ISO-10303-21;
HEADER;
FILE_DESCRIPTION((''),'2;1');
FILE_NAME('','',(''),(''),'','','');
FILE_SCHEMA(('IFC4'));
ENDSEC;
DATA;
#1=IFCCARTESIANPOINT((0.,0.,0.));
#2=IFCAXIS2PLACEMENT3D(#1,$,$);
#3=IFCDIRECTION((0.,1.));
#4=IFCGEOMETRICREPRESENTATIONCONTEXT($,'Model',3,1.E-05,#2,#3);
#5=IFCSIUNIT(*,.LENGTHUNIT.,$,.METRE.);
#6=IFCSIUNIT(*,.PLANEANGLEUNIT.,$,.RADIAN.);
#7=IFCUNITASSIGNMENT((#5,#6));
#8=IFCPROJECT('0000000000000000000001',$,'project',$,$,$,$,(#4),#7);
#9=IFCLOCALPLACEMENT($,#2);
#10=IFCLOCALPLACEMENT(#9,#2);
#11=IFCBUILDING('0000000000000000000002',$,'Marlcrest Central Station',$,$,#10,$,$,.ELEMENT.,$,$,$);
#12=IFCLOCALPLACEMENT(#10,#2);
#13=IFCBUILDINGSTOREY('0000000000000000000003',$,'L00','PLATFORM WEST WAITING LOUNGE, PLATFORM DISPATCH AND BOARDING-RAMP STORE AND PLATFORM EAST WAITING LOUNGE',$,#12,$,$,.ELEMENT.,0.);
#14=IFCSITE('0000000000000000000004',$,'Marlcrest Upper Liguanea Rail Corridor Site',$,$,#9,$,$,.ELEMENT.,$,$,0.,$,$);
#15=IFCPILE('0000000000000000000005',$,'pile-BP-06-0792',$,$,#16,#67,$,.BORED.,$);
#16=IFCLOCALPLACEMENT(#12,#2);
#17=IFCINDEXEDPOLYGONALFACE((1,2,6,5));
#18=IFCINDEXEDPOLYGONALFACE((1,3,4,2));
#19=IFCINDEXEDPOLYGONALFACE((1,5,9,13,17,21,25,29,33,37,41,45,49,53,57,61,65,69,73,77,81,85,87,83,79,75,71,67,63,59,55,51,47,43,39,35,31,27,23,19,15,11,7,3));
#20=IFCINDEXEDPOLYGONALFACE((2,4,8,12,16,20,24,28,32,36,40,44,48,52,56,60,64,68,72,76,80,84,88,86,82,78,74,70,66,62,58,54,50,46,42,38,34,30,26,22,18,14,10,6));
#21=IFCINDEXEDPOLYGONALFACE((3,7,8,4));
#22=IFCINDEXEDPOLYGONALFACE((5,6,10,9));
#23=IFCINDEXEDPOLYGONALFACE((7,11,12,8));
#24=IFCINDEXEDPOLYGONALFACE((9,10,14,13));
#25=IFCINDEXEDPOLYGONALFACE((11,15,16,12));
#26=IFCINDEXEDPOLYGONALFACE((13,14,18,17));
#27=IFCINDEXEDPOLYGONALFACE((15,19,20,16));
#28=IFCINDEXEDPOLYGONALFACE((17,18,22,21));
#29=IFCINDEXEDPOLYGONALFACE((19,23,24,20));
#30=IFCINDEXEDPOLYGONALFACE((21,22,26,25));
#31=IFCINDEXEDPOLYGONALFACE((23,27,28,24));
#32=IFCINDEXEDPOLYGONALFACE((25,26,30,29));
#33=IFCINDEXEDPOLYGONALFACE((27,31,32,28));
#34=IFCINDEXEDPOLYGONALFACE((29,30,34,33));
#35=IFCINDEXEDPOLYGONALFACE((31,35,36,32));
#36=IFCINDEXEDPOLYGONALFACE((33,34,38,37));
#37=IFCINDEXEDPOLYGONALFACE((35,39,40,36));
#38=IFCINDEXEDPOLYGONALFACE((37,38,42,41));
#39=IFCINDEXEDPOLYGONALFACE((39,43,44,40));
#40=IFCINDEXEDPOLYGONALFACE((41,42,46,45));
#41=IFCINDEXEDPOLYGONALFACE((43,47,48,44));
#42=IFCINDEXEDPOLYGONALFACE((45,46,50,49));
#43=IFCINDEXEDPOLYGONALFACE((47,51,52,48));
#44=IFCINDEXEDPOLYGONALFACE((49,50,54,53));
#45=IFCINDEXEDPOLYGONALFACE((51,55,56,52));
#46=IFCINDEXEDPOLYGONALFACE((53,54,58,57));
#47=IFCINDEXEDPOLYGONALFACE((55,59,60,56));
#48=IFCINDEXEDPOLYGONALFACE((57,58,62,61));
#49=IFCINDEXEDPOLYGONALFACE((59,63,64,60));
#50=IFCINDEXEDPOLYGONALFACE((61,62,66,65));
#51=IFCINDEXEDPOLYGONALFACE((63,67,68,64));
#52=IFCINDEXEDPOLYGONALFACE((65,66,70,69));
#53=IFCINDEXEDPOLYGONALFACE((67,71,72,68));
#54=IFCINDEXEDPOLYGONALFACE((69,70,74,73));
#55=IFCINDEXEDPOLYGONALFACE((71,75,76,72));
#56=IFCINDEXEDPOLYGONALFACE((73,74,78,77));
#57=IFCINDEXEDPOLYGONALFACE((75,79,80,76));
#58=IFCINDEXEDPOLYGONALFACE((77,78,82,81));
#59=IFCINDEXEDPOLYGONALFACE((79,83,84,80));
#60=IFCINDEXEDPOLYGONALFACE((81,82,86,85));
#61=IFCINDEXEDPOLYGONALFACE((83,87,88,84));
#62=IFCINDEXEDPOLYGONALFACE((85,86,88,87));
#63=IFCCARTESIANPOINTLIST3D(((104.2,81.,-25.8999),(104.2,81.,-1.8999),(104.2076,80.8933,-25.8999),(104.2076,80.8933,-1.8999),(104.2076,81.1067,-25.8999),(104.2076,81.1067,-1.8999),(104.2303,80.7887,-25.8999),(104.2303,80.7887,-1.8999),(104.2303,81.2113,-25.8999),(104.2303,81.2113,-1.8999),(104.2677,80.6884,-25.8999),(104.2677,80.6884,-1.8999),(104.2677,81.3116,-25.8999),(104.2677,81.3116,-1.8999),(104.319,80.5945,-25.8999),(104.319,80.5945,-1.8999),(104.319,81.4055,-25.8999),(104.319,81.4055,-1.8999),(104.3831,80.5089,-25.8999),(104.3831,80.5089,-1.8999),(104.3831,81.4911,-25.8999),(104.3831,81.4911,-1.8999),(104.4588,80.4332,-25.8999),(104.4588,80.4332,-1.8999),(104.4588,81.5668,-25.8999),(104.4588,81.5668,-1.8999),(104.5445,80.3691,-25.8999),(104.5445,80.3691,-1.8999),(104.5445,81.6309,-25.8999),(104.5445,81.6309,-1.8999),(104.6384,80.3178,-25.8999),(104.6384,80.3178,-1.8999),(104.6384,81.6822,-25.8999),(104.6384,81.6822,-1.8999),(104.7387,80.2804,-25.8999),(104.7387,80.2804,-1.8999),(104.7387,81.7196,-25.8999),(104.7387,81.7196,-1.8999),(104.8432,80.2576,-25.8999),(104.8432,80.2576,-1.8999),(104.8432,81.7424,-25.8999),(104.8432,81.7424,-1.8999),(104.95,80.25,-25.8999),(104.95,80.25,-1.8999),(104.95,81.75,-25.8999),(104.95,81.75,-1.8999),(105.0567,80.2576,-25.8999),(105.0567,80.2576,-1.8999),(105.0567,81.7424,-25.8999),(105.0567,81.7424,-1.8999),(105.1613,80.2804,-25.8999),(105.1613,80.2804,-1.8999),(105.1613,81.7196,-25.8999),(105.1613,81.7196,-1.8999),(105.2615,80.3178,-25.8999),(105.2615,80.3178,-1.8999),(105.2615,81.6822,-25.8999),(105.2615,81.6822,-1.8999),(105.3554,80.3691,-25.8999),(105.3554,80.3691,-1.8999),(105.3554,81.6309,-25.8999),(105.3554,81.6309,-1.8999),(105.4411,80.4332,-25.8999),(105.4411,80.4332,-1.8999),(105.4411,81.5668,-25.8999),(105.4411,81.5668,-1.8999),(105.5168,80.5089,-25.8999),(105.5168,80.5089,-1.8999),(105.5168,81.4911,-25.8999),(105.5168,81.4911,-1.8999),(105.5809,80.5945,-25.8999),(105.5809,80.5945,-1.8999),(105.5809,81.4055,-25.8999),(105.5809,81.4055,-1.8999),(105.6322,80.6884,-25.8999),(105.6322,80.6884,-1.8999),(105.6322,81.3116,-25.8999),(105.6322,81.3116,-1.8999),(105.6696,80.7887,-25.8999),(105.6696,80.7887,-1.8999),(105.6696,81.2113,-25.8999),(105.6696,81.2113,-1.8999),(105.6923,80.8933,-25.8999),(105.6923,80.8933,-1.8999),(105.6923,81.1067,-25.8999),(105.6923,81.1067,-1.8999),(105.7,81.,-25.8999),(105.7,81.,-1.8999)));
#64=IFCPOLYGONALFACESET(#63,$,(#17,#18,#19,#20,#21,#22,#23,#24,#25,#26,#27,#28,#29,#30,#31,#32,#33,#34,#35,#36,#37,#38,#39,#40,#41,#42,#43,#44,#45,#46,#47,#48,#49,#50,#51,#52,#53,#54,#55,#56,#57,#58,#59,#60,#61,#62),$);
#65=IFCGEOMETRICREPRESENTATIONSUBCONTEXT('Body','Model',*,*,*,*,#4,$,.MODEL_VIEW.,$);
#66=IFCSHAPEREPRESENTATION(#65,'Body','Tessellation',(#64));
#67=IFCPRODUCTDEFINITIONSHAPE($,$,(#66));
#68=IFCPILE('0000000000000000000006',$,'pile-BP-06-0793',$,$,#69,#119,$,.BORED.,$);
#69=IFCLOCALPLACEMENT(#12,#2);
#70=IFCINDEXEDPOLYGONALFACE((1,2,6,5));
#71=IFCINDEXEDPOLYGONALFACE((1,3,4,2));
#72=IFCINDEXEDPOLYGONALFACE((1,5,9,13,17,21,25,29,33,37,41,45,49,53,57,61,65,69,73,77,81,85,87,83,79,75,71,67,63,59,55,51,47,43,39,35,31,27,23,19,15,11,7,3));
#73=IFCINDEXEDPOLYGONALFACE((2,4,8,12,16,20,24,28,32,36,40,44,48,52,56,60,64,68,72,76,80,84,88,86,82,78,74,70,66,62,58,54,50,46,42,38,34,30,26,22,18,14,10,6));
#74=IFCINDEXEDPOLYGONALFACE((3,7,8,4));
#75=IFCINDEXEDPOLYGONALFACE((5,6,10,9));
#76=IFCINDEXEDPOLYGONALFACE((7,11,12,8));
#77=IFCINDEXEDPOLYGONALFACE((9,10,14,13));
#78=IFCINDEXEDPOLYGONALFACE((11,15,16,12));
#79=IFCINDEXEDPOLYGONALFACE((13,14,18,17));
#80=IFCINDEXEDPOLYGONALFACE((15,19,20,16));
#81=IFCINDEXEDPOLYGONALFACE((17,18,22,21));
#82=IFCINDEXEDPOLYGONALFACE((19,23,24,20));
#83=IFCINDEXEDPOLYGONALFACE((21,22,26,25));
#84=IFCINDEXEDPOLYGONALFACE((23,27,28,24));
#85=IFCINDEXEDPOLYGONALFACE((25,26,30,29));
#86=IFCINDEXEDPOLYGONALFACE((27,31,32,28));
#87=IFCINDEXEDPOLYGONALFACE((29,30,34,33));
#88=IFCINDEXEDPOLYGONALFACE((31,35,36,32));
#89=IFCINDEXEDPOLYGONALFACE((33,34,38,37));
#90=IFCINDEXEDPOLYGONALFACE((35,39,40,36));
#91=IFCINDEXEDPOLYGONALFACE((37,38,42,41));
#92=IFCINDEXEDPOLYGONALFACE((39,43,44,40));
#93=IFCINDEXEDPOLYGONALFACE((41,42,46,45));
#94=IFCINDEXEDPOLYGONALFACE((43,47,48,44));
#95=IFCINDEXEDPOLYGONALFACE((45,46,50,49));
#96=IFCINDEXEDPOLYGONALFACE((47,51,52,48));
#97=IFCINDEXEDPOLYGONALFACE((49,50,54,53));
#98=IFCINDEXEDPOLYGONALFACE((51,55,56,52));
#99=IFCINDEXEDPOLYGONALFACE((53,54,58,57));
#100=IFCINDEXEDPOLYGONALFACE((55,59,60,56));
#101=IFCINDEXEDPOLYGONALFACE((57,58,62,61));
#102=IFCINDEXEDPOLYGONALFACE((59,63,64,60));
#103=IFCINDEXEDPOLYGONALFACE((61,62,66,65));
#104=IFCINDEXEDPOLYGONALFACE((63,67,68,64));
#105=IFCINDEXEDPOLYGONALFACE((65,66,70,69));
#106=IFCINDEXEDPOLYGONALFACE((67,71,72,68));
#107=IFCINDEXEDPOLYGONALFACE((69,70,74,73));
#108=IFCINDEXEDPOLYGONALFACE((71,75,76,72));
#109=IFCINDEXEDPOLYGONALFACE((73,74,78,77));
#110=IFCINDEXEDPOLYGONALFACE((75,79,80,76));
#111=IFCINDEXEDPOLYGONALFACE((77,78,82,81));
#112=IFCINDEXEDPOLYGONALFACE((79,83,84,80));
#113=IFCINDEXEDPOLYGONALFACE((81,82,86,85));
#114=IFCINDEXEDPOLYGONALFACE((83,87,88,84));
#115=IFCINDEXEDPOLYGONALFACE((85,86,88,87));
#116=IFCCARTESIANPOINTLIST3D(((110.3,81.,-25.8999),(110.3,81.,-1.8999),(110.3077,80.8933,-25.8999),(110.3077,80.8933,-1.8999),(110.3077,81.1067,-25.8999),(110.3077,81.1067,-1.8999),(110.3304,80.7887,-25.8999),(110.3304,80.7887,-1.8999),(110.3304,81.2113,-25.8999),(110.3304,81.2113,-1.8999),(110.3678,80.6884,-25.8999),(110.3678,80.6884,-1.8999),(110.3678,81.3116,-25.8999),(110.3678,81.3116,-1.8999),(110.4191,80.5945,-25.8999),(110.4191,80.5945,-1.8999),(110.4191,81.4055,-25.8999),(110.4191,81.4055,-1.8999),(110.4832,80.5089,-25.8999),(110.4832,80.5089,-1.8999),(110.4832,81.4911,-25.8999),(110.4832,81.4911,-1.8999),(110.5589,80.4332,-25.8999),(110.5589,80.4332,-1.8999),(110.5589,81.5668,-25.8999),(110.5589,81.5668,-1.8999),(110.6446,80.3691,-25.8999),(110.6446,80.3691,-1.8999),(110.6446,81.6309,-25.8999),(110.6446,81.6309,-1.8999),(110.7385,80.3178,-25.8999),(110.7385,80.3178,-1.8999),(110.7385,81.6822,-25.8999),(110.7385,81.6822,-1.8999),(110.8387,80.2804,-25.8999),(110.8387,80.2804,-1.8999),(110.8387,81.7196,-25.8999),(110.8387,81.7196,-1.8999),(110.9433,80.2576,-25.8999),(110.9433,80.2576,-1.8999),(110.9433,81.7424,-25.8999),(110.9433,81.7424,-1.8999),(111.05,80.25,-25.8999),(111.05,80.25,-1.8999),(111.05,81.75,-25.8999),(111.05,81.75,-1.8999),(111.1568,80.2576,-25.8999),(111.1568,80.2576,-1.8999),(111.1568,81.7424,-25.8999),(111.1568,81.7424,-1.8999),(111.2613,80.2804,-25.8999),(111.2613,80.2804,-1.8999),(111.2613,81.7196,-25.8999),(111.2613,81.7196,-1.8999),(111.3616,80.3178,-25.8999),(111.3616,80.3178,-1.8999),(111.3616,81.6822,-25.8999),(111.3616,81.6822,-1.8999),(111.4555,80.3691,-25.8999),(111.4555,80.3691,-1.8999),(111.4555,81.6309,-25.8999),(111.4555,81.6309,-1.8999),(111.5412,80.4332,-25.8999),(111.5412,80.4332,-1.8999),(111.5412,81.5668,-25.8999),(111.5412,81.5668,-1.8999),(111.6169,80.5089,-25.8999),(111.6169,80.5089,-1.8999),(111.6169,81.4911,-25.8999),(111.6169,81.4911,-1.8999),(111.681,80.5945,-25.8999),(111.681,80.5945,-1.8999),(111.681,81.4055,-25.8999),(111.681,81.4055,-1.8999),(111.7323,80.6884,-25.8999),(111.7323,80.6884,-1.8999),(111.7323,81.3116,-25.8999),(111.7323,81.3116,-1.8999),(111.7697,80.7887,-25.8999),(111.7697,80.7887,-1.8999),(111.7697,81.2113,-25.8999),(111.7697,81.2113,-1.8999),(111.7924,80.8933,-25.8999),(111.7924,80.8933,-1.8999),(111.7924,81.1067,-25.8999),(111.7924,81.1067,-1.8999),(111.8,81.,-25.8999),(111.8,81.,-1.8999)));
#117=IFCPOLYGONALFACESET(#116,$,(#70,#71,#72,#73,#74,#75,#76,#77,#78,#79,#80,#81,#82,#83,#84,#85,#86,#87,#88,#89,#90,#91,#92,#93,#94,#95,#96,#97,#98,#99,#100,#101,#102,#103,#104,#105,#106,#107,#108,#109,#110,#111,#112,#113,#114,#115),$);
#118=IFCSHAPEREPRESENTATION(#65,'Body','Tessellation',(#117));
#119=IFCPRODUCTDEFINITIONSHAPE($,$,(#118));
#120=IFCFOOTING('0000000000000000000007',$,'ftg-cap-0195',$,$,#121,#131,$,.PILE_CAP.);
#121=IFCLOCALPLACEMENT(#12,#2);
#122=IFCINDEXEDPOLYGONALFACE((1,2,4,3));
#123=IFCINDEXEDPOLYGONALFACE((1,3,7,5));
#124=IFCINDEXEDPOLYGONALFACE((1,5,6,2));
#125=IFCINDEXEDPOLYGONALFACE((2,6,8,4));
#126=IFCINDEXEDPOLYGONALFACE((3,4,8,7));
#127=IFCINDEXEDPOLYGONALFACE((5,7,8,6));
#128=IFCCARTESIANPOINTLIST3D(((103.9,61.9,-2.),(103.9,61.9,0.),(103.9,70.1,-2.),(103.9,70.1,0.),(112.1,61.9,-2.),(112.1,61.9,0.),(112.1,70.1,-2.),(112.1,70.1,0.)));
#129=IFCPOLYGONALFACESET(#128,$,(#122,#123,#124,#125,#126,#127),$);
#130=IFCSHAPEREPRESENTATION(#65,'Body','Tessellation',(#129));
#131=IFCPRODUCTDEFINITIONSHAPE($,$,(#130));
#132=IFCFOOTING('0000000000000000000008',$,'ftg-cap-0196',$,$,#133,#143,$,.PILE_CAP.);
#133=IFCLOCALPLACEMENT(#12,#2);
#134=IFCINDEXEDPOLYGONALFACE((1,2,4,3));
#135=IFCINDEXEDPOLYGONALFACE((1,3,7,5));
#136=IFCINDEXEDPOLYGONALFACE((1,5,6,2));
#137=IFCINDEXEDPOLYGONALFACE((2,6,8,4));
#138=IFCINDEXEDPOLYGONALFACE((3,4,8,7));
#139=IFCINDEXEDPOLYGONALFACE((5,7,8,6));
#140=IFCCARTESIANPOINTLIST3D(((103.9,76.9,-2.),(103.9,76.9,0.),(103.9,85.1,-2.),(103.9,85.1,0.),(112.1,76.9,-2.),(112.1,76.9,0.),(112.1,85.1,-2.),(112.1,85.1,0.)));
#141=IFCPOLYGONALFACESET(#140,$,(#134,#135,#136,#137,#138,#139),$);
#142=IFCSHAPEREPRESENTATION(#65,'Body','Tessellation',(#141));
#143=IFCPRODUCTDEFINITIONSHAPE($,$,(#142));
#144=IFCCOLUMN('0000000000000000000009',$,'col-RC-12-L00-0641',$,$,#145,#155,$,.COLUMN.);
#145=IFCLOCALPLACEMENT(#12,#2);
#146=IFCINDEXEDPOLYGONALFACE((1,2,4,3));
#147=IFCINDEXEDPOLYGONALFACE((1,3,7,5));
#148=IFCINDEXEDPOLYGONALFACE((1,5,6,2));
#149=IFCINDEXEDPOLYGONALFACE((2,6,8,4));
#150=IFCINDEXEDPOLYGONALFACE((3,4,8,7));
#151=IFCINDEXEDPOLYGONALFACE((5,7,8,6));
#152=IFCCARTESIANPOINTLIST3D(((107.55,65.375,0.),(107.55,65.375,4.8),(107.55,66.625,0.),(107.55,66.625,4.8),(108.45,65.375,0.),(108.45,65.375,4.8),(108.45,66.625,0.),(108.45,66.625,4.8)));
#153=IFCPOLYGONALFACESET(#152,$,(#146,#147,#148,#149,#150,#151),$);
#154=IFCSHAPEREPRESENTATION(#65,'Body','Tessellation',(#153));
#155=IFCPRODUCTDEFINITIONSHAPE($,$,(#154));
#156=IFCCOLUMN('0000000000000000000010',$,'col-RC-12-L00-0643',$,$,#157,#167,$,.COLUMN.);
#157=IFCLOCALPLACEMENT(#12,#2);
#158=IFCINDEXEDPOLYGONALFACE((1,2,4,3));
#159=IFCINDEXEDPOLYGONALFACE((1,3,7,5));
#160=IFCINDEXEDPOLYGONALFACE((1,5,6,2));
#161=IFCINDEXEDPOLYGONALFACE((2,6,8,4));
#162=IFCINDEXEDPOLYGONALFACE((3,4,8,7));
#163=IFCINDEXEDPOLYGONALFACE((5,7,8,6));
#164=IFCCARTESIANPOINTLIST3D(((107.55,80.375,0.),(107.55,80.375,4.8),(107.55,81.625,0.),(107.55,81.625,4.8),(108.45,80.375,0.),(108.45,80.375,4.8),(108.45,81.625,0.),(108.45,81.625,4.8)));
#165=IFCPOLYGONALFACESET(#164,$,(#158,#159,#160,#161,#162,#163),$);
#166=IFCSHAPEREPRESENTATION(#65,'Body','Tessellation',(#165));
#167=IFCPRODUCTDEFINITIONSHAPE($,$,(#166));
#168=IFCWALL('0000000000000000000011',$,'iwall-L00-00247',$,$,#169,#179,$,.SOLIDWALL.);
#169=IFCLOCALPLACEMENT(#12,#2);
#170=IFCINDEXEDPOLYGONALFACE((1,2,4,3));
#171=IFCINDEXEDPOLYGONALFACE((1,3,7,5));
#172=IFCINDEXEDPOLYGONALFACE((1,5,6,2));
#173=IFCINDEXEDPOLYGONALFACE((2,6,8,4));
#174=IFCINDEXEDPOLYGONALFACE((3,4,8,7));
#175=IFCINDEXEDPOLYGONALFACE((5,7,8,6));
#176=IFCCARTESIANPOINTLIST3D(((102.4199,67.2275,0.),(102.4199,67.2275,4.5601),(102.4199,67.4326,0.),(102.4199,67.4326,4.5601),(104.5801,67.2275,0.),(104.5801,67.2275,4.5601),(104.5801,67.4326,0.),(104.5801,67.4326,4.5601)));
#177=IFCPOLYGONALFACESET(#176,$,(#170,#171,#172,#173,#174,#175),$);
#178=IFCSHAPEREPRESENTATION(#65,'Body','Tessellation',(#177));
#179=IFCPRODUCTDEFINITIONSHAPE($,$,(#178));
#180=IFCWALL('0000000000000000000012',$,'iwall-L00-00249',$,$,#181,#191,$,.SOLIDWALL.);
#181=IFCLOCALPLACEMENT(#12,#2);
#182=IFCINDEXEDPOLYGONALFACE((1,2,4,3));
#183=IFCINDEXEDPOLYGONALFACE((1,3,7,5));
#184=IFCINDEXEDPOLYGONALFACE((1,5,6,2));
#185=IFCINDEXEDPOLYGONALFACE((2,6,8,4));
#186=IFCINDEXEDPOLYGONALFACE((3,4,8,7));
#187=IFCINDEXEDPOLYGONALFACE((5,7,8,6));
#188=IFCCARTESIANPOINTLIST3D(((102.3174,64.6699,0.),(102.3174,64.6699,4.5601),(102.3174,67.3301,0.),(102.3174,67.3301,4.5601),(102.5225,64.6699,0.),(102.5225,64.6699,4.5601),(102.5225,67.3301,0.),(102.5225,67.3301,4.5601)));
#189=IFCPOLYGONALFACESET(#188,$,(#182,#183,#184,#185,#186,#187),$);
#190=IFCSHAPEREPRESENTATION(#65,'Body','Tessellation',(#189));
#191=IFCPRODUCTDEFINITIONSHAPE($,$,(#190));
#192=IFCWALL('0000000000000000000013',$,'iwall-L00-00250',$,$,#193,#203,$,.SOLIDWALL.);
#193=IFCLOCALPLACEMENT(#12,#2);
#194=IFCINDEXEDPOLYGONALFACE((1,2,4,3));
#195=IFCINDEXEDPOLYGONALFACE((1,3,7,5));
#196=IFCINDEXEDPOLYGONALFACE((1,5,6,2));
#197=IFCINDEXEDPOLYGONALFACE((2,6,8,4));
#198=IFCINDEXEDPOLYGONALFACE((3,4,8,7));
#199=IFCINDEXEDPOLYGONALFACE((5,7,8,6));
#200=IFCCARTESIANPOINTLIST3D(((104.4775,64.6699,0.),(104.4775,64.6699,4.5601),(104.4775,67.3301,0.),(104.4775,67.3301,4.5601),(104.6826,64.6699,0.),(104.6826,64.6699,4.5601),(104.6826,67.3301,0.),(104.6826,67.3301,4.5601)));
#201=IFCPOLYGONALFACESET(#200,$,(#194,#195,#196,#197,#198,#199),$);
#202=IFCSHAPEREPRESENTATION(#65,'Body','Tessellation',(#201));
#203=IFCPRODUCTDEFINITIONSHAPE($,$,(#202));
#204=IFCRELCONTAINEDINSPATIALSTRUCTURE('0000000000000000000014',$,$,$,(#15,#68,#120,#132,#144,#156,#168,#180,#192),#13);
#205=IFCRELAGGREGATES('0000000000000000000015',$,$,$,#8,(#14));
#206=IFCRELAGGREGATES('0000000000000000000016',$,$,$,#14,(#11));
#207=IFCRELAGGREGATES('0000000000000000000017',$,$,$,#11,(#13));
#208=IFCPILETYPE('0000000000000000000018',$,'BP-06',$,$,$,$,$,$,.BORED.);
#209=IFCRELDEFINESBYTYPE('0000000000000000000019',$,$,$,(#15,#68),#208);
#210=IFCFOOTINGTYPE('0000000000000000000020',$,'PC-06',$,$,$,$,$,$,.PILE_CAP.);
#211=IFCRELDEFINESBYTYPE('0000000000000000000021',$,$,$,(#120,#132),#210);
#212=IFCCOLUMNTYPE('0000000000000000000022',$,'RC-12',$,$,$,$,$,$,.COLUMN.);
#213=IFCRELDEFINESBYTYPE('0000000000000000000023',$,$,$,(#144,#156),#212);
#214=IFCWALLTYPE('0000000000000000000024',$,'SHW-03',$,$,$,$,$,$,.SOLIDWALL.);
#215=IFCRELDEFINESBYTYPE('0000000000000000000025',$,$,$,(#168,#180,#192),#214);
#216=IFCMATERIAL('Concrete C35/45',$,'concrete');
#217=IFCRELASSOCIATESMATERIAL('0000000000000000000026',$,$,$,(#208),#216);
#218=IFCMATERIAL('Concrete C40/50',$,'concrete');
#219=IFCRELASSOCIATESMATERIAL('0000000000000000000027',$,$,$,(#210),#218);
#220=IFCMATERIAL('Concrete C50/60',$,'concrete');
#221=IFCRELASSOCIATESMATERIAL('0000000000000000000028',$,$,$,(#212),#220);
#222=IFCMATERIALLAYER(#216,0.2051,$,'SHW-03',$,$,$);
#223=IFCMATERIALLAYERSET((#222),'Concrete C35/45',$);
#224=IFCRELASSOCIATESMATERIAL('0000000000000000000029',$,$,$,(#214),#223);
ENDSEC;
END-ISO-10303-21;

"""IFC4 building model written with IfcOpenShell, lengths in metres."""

from ifc_helpers import new_model, si_unit, direction, frame, frame_2d, origin, origin_2d, place, context, subcontext, project, spatial, rectangle, circle, extrude, material, layer, layer_set, material_profile, profile_set, type_object, element, save


model = new_model("IFC4")

# Units and contexts
model_context = context("Model", 3, precision=1e-05, world=origin(), true_north=direction((0.0, 1.0)))
body_context = subcontext(model_context, "Body", "Model", "MODEL_VIEW")
ifc_project = project(units=[si_unit("LENGTHUNIT", "METRE"), si_unit("PLANEANGLEUNIT", "RADIAN")], contexts=[model_context])

# Site, building, storey
site_placement = place(None, origin())
site = spatial("IfcSite", under=ifc_project, at=site_placement, Name="Marlcrest Upper Liguanea Rail Corridor Site", CompositionType="ELEMENT", RefElevation=0.0)
building_placement = place(site_placement, origin())
building = spatial("IfcBuilding", under=site, at=building_placement, Name="Marlcrest Central Station", CompositionType="ELEMENT")
storey_placement = place(building_placement, origin())
storey = spatial("IfcBuildingStorey", under=building, at=storey_placement, Name="L00", Description="PLATFORM WEST WAITING LOUNGE, PLATFORM DISPATCH AND BOARDING-RAMP STORE AND PLATFORM EAST WAITING LOUNGE", CompositionType="ELEMENT", Elevation=0.0)

# Piles
ifc_material_1 = material(Name="Concrete C35/45", Category="concrete")
ifc_material_profile_1 = material_profile(ifc_material_1, circle(Radius=0.75, at=origin_2d()), Name="PILE D1500")
ifc_profile_set_1 = profile_set([ifc_material_profile_1], Name="Concrete C35/45")
pile_type_1 = type_object("IfcPileType", Name="BP-06", PredefinedType="BORED", material=ifc_profile_set_1)
for number, where, z_axis, x_axis, name in (
    (1, (104.95, 81.0, -1.8999), (0.0, 0.0, -1.0), (1.0, 0.0, 0.0), "pile-BP-06-0792"),
    (2, (111.05, 81.0, -1.8999), (0.0, 0.0, -1.0), (1.0, 0.0, 0.0), "pile-BP-06-0793"),
):
    element("IfcPile", number, at=place(storey_placement, frame(where, z_axis=z_axis, x_axis=x_axis)), inside=storey, type_object=pile_type_1, Name=name, PredefinedType="BORED", context=body_context, shape_type="SweptSolid", body=[
        extrude(circle(Radius=0.75, at=origin_2d()), origin(), (0.0, 0.0, 1.0), 24.0),
    ])

# Footings
ifc_material_2 = material(Name="Concrete C40/50", Category="concrete")
footing_type = type_object("IfcFootingType", Name="PC-06", PredefinedType="PILE_CAP", material=ifc_material_2)
for number, where, z_axis, x_axis, name in (
    (3, (108.0, 66.0, -2.0), (0.0, 0.0, 1.0), (1.0, 0.0, 0.0), "ftg-cap-0195"),
    (4, (108.0, 81.0, -2.0), (0.0, 0.0, 1.0), (1.0, 0.0, 0.0), "ftg-cap-0196"),
):
    element("IfcFooting", number, at=place(storey_placement, frame(where, z_axis=z_axis, x_axis=x_axis)), inside=storey, type_object=footing_type, Name=name, PredefinedType="PILE_CAP", context=body_context, shape_type="SweptSolid", body=[
        extrude(rectangle(XDim=8.2, YDim=8.2, at=origin_2d()), origin(), (0.0, 0.0, 1.0), 2.0),
    ])

# Columns
ifc_material_3 = material(Name="Concrete C50/60", Category="concrete")
ifc_material_profile_2 = material_profile(ifc_material_3, rectangle(XDim=0.8999, YDim=1.25, at=origin_2d()), Name="RC 900x1250")
ifc_profile_set_2 = profile_set([ifc_material_profile_2], Name="Concrete C50/60")
column_type = type_object("IfcColumnType", Name="RC-12", PredefinedType="COLUMN", material=ifc_profile_set_2)
for number, where, z_axis, x_axis, name in (
    (5, (108.0, 66.0, 0.0), (0.0, 0.0, 1.0), (1.0, 0.0, 0.0), "col-RC-12-L00-0641"),
    (6, (108.0, 81.0, 0.0), (0.0, 0.0, 1.0), (1.0, 0.0, 0.0), "col-RC-12-L00-0643"),
):
    element("IfcColumn", number, at=place(storey_placement, frame(where, z_axis=z_axis, x_axis=x_axis)), inside=storey, type_object=column_type, Name=name, PredefinedType="COLUMN", context=body_context, shape_type="SweptSolid", body=[
        extrude(rectangle(XDim=0.8999, YDim=1.25, at=origin_2d()), origin(), (0.0, 0.0, 1.0), 4.8),
    ])

# Wall
ifc_layer = layer(ifc_material_1, 0.2051, Name="SHW-03")
ifc_layer_set = layer_set([ifc_layer], Name="Concrete C35/45")
wall_type = type_object("IfcWallType", Name="SHW-03", PredefinedType="SOLIDWALL", material=ifc_layer_set)
wall_1_placement = place(storey_placement, frame((102.4199, 67.3301, 0.0), z_axis=(0.0, 0.0, 1.0), x_axis=(1.0, 0.0, 0.0)))
element("IfcWall", 7, at=wall_1_placement, inside=storey, type_object=wall_type, Name="iwall-L00-00247", PredefinedType="SOLIDWALL", context=body_context, shape_type="SweptSolid", body=[
    extrude(rectangle(XDim=2.1602, YDim=0.2051, at=frame_2d((1.0801, 0.0))), origin(), (0.0, 0.0, 1.0), 4.5601),
])

# Walls
for number, where, z_axis, x_axis, name in (
    (8, (102.4199, 64.6699, 0.0), (0.0, 0.0, 1.0), (0.0, 1.0, 0.0), "iwall-L00-00249"),
    (9, (104.5801, 67.3301, 0.0), (0.0, 0.0, 1.0), (0.0, -1.0, 0.0), "iwall-L00-00250"),
):
    element("IfcWall", number, at=place(storey_placement, frame(where, z_axis=z_axis, x_axis=x_axis)), inside=storey, type_object=wall_type, Name=name, PredefinedType="SOLIDWALL", context=body_context, shape_type="SweptSolid", body=[
        extrude(rectangle(XDim=2.6602, YDim=0.2051, at=frame_2d((1.3301, 0.0))), origin(), (0.0, 0.0, 1.0), 4.5601),
    ])

save(model, "model.ifc")
